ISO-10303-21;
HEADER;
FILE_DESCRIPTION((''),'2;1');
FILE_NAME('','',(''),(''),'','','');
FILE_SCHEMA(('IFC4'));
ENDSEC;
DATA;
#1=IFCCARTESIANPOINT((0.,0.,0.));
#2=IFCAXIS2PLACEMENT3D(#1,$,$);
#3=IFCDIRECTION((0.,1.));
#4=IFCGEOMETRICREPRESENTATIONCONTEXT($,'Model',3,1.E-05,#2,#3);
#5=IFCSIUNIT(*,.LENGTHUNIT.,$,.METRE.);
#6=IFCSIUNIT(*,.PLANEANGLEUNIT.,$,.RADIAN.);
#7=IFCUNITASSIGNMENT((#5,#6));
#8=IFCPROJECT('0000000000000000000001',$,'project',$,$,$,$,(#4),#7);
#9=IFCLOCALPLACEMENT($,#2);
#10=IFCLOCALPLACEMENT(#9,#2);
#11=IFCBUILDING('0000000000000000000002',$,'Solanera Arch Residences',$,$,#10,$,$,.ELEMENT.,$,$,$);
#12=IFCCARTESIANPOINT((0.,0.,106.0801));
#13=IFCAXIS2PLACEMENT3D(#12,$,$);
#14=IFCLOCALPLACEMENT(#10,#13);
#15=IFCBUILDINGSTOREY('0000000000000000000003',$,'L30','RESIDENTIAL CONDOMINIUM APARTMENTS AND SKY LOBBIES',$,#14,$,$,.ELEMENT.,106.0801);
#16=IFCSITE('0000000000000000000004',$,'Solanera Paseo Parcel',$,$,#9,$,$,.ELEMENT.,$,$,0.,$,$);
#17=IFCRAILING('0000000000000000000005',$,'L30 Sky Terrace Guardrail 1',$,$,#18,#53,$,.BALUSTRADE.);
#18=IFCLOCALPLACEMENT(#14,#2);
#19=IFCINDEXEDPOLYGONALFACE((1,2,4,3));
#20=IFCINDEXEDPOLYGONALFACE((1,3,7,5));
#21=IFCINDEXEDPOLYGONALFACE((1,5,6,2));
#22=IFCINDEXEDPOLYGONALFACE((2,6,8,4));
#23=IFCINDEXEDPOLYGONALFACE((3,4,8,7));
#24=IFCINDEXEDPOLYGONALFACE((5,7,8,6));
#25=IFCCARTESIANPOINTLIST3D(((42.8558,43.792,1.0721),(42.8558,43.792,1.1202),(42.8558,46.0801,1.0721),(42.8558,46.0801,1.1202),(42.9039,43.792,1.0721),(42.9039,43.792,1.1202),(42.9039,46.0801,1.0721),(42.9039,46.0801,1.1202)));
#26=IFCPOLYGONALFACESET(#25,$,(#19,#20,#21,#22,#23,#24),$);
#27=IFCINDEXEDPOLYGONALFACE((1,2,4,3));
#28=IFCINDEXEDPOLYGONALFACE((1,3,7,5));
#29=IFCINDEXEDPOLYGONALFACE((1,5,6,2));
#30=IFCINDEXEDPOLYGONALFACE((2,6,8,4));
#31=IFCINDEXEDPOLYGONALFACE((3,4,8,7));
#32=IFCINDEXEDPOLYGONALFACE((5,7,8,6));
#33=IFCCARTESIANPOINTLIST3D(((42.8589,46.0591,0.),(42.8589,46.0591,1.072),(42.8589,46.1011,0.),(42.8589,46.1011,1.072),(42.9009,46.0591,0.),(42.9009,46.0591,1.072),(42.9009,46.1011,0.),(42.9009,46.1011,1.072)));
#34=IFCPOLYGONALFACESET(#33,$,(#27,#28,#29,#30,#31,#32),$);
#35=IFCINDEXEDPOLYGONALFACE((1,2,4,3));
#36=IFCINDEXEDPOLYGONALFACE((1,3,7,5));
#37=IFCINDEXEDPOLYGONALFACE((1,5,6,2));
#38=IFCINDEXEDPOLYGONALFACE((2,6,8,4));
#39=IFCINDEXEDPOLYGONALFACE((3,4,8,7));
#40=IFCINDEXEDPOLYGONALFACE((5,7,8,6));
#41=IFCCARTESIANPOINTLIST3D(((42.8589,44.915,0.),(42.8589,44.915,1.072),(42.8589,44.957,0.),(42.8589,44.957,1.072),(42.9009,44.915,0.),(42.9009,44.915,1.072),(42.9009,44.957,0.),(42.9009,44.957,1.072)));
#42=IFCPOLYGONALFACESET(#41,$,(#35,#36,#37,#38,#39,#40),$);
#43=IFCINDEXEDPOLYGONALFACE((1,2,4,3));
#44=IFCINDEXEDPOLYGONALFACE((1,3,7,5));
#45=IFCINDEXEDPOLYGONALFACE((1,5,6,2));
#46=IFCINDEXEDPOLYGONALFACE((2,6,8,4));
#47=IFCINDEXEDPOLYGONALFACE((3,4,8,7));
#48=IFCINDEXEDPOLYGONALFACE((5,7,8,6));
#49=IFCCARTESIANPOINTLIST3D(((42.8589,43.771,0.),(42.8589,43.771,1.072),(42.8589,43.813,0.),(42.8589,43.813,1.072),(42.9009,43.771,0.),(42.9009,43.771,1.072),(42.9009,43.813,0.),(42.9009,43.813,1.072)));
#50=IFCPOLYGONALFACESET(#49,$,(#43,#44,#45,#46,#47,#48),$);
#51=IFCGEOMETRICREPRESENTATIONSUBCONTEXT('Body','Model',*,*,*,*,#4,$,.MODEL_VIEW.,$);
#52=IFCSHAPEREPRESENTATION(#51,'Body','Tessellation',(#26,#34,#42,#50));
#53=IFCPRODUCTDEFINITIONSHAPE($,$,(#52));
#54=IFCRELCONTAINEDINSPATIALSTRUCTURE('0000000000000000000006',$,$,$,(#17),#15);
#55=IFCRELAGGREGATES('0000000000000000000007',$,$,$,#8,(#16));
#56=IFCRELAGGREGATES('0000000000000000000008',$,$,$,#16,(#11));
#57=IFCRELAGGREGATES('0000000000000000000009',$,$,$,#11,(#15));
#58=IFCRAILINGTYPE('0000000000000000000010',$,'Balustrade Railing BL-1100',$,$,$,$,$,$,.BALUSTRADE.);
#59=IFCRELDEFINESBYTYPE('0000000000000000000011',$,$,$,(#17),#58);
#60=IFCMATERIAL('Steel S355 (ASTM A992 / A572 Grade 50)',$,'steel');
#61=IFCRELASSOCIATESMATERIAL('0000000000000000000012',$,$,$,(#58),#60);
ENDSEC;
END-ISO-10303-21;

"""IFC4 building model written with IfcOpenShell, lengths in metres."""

from ifc_helpers import new_model, si_unit, direction, frame, origin, origin_2d, place, context, subcontext, project, spatial, rectangle, extrude, material, type_object, element, save


model = new_model("IFC4")

# Units and contexts
model_context = context("Model", 3, precision=1e-05, world=origin(), true_north=direction((0.0, 1.0)))
body_context = subcontext(model_context, "Body", "Model", "MODEL_VIEW")
ifc_project = project(units=[si_unit("LENGTHUNIT", "METRE"), si_unit("PLANEANGLEUNIT", "RADIAN")], contexts=[model_context])

# Site, building, storey
site_placement = place(None, origin())
site = spatial("IfcSite", under=ifc_project, at=site_placement, Name="Solanera Paseo Parcel", CompositionType="ELEMENT", RefElevation=0.0)
building_placement = place(site_placement, origin())
building = spatial("IfcBuilding", under=site, at=building_placement, Name="Solanera Arch Residences", CompositionType="ELEMENT")
storey_placement = place(building_placement, frame((0.0, 0.0, 106.0801)))
storey = spatial("IfcBuildingStorey", under=building, at=storey_placement, Name="L30", Description="RESIDENTIAL CONDOMINIUM APARTMENTS AND SKY LOBBIES", CompositionType="ELEMENT", Elevation=106.0801)

# Railing
ifc_material_1 = material(Name="Steel S355 (ASTM A992 / A572 Grade 50)", Category="steel")
railing_type = type_object("IfcRailingType", Name="Balustrade Railing BL-1100", PredefinedType="BALUSTRADE", material=ifc_material_1)
railing_1_placement = place(storey_placement, frame((42.8799, 46.0801, 0.0)))
element("IfcRailing", 1, at=railing_1_placement, inside=storey, type_object=railing_type, Name="L30 Sky Terrace Guardrail 1", PredefinedType="BALUSTRADE", context=body_context, shape_type="SweptSolid", body=[
    extrude(rectangle(XDim=0.0481, YDim=0.0481, at=origin_2d()), frame((0.0, 0.0, 1.0962), z_axis=(0.0, -1.0, 0.0), x_axis=(1.0, 0.0, 0.0)), (0.0, 0.0, 1.0), 2.2881),
    extrude(rectangle(XDim=0.042, YDim=0.042, at=origin_2d()), origin(), (0.0, 0.0, 1.0), 1.072),
    extrude(rectangle(XDim=0.042, YDim=0.042, at=origin_2d()), frame((0.0, -1.144, 0.0)), (0.0, 0.0, 1.0), 1.072),
    extrude(rectangle(XDim=0.042, YDim=0.042, at=origin_2d()), frame((0.0, -2.2881, 0.0)), (0.0, 0.0, 1.0), 1.072),
])

save(model, "model.ifc")
